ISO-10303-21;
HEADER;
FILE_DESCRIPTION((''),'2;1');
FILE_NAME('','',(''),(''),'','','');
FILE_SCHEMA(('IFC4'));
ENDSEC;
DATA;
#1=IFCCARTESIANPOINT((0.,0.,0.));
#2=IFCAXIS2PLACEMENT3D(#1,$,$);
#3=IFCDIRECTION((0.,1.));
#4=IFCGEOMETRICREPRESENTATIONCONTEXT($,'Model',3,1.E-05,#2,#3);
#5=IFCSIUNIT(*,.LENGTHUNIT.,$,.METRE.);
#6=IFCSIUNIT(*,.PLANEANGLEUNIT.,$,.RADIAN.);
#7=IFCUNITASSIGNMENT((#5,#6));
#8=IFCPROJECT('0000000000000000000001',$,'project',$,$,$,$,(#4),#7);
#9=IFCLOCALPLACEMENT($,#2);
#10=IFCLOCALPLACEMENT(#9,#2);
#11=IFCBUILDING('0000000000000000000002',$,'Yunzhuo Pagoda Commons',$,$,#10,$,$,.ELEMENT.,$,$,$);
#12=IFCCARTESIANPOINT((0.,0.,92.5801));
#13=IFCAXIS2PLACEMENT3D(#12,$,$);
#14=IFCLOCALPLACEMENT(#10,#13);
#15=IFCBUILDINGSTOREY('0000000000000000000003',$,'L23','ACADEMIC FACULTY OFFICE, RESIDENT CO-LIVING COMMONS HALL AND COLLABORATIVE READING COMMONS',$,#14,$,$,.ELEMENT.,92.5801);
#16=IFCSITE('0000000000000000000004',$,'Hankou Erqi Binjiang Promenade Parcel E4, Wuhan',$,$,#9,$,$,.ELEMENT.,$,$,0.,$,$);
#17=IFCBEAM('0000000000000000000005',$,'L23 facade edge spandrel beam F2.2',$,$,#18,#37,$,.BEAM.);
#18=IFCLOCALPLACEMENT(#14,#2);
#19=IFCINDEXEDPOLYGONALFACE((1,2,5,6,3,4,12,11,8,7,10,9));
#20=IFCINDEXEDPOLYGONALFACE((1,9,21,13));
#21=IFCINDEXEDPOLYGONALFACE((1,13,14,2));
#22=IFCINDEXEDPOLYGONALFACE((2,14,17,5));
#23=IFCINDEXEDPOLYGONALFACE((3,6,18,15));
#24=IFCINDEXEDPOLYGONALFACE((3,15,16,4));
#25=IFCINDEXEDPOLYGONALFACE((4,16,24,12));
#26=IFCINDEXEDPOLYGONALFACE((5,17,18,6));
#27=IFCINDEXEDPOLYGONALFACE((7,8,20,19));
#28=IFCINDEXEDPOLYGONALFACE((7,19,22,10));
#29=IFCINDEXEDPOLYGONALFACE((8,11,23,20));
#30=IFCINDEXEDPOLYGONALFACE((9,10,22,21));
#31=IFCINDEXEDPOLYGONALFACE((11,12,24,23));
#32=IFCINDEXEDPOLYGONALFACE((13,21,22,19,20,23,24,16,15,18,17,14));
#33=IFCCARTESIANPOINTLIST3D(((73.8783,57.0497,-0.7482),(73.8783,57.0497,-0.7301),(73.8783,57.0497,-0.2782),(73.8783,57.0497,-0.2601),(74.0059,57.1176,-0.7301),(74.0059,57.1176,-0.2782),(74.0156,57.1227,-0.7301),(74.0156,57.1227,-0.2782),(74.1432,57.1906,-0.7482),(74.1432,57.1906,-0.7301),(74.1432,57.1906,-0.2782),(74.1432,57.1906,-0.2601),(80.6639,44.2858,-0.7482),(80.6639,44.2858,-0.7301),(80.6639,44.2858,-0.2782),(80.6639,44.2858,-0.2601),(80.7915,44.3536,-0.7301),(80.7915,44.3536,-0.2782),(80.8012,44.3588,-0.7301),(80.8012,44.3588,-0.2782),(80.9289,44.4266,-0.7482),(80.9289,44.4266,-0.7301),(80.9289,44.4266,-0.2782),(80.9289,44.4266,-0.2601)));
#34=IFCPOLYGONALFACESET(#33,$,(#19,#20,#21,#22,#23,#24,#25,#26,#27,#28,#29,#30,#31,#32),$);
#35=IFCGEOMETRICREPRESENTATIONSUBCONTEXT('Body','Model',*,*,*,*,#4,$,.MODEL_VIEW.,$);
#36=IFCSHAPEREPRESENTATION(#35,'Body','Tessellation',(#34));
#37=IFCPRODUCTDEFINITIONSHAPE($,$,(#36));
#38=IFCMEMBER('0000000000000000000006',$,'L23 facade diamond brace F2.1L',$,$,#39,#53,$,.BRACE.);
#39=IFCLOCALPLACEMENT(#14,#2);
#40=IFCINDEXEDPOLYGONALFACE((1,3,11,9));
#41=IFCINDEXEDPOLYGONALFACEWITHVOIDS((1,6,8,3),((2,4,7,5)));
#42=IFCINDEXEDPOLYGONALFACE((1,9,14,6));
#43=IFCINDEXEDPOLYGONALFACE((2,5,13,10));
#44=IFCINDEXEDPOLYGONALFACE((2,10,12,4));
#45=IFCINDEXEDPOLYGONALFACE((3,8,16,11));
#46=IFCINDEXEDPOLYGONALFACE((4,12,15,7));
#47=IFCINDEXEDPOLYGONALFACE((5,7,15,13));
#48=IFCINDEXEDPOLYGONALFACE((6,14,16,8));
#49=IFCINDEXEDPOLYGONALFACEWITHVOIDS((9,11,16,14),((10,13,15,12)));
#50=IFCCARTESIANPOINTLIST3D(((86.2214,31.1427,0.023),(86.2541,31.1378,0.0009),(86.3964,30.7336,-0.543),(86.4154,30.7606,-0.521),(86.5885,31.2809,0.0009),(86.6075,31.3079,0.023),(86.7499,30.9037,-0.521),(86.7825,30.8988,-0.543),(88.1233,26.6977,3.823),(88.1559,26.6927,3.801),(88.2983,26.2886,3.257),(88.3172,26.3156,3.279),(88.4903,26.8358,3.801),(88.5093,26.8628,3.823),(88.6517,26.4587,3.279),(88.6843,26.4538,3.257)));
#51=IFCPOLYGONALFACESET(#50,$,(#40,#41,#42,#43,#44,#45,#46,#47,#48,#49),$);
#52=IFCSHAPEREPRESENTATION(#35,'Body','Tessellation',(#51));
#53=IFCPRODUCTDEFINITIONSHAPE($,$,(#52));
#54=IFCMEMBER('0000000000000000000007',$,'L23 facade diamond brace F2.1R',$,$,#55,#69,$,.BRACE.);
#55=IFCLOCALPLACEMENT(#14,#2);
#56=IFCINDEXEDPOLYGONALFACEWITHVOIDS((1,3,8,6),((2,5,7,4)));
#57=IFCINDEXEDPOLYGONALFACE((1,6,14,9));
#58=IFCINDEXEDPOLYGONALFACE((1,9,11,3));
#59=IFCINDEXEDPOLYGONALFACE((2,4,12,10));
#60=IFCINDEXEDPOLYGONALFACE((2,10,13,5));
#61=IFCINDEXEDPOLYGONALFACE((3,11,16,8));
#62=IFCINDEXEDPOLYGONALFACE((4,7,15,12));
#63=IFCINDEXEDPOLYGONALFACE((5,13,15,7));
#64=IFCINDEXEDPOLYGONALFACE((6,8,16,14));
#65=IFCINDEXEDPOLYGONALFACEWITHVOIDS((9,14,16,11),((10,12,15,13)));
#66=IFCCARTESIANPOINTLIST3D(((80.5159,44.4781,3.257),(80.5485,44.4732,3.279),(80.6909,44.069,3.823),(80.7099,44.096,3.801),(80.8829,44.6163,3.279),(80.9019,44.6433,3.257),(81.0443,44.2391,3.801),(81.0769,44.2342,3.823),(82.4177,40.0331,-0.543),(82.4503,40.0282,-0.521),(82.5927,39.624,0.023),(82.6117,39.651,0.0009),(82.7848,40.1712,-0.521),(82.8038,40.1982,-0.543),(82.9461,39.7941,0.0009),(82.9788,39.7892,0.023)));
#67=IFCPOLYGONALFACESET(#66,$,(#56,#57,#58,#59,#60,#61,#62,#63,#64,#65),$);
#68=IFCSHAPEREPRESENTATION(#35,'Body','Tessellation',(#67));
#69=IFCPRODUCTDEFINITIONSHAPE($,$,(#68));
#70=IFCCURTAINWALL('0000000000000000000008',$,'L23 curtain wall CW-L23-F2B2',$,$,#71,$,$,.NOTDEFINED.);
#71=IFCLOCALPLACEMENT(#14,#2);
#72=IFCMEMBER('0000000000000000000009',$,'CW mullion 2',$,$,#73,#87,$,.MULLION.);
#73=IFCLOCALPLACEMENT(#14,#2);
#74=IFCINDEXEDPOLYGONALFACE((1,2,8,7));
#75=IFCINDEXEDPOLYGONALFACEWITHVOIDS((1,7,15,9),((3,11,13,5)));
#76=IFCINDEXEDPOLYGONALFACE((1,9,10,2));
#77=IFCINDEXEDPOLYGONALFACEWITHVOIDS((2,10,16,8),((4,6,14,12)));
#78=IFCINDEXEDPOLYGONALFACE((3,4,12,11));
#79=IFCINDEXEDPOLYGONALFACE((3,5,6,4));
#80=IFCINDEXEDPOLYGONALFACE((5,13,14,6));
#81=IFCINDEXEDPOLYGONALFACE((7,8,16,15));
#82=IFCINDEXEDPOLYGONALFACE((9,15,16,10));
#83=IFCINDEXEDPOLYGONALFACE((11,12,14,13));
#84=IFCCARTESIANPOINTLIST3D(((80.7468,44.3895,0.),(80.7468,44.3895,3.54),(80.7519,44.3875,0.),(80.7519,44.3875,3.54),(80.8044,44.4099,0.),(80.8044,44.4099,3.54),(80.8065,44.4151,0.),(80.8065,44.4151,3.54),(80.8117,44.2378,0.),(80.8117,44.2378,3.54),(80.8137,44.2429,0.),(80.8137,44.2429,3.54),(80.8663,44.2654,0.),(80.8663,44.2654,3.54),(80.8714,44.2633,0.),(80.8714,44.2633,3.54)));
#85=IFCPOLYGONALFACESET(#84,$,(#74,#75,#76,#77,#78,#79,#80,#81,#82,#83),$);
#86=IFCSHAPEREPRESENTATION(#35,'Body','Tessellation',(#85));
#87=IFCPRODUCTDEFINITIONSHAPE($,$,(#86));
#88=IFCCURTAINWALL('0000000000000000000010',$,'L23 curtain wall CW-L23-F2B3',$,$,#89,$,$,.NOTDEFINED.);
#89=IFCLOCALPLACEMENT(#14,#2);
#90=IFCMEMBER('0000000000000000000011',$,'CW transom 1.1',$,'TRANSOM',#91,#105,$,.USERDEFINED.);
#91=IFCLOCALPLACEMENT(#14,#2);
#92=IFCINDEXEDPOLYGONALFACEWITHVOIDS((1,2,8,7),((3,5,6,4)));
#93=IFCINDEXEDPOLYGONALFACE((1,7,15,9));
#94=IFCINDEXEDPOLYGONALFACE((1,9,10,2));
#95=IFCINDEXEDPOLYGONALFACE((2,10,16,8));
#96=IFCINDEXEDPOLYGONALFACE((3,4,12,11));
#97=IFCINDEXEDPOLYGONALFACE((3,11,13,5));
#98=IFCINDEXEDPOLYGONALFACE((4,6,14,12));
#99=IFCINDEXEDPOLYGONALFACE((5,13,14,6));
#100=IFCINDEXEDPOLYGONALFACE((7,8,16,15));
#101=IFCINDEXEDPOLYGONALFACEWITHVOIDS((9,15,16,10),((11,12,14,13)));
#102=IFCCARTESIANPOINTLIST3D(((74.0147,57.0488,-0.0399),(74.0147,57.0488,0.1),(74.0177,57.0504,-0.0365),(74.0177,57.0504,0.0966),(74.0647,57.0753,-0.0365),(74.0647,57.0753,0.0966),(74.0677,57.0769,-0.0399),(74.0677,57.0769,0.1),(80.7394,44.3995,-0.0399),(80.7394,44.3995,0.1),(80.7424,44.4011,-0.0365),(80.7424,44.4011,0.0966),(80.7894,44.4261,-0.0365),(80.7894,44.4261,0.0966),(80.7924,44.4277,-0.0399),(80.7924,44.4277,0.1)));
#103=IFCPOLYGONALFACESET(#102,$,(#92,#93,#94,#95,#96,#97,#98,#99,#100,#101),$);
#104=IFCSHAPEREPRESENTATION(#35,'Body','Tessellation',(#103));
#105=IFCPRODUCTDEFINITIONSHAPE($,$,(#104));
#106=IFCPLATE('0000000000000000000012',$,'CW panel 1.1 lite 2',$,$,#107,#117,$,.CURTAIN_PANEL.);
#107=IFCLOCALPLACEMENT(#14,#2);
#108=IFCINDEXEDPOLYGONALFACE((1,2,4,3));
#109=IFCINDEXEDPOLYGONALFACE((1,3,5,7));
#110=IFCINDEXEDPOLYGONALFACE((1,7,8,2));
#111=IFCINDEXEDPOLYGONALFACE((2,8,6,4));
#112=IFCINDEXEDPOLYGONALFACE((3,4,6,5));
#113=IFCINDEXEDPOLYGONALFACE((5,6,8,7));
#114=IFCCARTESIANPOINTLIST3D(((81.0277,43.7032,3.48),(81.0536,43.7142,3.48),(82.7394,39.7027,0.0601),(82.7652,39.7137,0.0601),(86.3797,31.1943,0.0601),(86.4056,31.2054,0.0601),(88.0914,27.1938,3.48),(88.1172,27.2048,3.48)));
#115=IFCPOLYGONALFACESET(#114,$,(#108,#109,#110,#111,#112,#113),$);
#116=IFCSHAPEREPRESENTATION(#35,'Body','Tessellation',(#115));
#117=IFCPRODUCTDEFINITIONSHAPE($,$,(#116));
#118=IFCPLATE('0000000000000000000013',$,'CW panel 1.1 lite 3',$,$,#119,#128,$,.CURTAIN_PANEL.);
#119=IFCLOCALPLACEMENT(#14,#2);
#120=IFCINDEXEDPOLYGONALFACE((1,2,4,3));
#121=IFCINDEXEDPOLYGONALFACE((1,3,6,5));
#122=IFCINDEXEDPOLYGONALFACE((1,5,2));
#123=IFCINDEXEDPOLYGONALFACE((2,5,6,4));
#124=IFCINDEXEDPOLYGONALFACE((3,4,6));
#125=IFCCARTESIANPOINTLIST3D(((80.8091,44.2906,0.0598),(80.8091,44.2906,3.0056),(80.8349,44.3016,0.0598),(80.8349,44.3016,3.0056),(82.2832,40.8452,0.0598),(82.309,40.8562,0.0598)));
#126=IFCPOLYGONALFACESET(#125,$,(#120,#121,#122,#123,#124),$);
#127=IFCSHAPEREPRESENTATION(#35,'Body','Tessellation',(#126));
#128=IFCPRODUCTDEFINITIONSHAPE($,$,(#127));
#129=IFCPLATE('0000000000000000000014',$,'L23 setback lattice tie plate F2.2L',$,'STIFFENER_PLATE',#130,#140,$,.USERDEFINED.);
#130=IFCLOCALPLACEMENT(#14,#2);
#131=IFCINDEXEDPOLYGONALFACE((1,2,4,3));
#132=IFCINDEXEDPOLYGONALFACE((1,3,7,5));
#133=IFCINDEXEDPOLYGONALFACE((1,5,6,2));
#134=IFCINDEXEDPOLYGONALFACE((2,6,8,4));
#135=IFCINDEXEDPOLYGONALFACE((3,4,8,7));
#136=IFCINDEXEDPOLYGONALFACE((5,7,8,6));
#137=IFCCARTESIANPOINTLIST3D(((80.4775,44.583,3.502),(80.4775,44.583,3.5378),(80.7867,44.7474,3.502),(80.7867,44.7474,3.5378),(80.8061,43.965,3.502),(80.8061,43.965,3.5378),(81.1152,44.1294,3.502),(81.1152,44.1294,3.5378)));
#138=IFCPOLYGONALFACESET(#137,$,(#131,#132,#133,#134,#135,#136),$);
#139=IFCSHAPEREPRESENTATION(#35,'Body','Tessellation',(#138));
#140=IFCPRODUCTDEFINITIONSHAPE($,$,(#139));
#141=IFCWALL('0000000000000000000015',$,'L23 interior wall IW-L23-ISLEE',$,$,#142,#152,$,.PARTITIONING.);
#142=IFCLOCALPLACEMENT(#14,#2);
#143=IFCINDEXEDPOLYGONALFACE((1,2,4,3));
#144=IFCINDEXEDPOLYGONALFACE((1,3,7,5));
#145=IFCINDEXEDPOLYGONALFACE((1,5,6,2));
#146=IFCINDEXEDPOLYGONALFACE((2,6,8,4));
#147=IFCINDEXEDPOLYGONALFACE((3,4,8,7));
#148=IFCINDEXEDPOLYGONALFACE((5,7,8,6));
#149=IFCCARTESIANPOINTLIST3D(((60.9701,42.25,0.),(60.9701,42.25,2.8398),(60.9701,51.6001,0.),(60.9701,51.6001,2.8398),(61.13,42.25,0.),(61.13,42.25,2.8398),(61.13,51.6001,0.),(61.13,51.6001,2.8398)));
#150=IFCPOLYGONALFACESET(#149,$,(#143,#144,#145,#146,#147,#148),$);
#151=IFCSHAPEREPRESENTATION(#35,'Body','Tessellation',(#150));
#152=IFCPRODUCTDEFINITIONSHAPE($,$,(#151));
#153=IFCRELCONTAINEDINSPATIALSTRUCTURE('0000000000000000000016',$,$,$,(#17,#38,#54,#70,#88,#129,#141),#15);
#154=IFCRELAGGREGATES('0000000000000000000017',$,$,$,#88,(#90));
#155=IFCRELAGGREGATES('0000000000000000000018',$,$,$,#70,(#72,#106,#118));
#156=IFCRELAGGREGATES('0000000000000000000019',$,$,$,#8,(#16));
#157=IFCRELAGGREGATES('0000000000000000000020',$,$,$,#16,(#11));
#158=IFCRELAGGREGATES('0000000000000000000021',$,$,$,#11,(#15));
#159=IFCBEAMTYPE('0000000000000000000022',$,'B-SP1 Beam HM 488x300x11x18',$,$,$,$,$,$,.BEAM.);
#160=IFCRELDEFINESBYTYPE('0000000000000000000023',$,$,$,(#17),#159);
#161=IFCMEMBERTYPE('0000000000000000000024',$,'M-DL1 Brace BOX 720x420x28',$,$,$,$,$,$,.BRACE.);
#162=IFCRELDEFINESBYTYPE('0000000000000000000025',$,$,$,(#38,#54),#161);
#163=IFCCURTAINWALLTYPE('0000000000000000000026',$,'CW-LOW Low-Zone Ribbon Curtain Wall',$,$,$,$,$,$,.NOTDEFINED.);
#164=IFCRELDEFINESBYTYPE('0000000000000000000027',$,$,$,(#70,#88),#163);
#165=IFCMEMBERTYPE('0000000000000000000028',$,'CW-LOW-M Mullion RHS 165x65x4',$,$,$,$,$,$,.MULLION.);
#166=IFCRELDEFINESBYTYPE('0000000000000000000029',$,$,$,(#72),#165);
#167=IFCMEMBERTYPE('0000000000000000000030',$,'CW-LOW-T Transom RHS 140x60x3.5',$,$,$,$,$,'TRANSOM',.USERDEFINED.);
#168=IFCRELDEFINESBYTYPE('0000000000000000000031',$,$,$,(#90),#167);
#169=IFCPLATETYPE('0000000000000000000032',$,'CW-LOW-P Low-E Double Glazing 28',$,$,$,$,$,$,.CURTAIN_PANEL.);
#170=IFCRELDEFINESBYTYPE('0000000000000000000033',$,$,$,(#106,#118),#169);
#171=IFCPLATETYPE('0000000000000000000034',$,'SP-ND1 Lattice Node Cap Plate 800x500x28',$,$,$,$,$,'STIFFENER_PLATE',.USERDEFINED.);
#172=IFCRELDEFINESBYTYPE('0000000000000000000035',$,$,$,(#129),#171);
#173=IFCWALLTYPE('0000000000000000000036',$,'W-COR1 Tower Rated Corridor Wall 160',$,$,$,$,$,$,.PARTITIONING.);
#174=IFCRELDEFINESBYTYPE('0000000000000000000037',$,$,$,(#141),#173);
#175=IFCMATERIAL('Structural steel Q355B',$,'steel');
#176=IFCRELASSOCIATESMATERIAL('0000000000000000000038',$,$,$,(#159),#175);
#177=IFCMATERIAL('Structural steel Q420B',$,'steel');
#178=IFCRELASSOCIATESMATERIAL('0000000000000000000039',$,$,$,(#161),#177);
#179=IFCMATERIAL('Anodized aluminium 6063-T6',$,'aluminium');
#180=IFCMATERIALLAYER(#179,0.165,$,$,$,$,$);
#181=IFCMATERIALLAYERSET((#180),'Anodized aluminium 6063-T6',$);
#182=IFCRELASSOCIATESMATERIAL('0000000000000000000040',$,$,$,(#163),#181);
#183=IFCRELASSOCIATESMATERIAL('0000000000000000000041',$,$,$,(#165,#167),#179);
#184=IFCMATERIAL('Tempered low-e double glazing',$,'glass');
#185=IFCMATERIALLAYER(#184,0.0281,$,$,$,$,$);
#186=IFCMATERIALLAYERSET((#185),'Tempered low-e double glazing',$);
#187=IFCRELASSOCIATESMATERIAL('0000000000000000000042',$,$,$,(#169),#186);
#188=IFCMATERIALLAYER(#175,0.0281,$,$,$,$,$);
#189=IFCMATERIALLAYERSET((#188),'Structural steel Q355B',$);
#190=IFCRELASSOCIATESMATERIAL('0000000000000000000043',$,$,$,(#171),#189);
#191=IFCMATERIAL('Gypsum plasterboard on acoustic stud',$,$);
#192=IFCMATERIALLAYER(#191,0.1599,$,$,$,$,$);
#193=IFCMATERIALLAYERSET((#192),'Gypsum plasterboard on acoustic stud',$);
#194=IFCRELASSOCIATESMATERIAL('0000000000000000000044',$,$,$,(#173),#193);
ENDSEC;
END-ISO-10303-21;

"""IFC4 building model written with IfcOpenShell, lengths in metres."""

from ifc_helpers import new_model, si_unit, direction, frame, frame_2d, origin, origin_2d, place, context, subcontext, project, spatial, polyline, rectangle, hollow_rectangle, i_section, outline, extrude, source, transform, mapped, material, layer, layer_set, material_profile, profile_set, type_object, element, aggregate, save


model = new_model("IFC4")

# Units and contexts
model_context = context("Model", 3, precision=1e-05, world=origin(), true_north=direction((0.0, 1.0)))
body_context = subcontext(model_context, "Body", "Model", "MODEL_VIEW")
ifc_project = project(units=[si_unit("LENGTHUNIT", "METRE"), si_unit("PLANEANGLEUNIT", "RADIAN")], contexts=[model_context])

# Site, building, storey
site_placement = place(None, origin())
site = spatial("IfcSite", under=ifc_project, at=site_placement, Name="Hankou Erqi Binjiang Promenade Parcel E4, Wuhan", CompositionType="ELEMENT", RefElevation=0.0)
building_placement = place(site_placement, origin())
building = spatial("IfcBuilding", under=site, at=building_placement, Name="Yunzhuo Pagoda Commons", CompositionType="ELEMENT")
storey_placement = place(building_placement, frame((0.0, 0.0, 92.5801)))
storey = spatial("IfcBuildingStorey", under=building, at=storey_placement, Name="L23", Description="ACADEMIC FACULTY OFFICE, RESIDENT CO-LIVING COMMONS HALL AND COLLABORATIVE READING COMMONS", CompositionType="ELEMENT", Elevation=92.5801)

# Shared definitions
ifc_material_1 = material(Name="Structural steel Q420B", Category="steel")

# Beam
ifc_material_2 = material(Name="Structural steel Q355B", Category="steel")
ifc_material_profile_1 = material_profile(ifc_material_2, i_section(OverallWidth=0.3, OverallDepth=0.488, WebThickness=0.011, FlangeThickness=0.0181, at=origin_2d()), Name="Structural steel Q355B")
ifc_profile_set_1 = profile_set([ifc_material_profile_1], Name="Structural steel Q355B")
beam_type_1 = type_object("IfcBeamType", Name="B-SP1 Beam HM 488x300x11x18", PredefinedType="BEAM", material=ifc_profile_set_1)
shared_shape_1 = source(origin(), body_context, "Body", "SweptSolid", [
    extrude(i_section(OverallWidth=0.3, OverallDepth=0.488, WebThickness=0.011, FlangeThickness=0.0181, at=origin_2d()), origin(), (0.0, 0.0, 1.0), 14.4556),
])
beam_1_placement = place(storey_placement, frame((80.7964, 44.3562, -0.5042), z_axis=(-0.469415, 0.882978, 0.0), x_axis=(-0.882978, -0.469415, 0.0)))
element("IfcBeam", 1, at=beam_1_placement, inside=storey, type_object=beam_type_1, Name="L23 facade edge spandrel beam F2.2", PredefinedType="BEAM", context=body_context, shape_type="MappedRepresentation", body=[
    mapped(shared_shape_1, transform((0.0, 0.0, 0.0), scale=1.0)),
])

# Members
ifc_material_profile_2 = material_profile(ifc_material_1, hollow_rectangle(XDim=0.4199, YDim=0.72, WallThickness=0.0281, at=origin_2d()), Name="Structural steel Q420B")
ifc_profile_set_2 = profile_set([ifc_material_profile_2], Name="Structural steel Q420B")
member_type_1 = type_object("IfcMemberType", Name="M-DL1 Brace BOX 720x420x28", PredefinedType="BRACE", material=ifc_profile_set_2)
shared_shape_2 = source(origin(), body_context, "Body", "SweptSolid", [
    extrude(hollow_rectangle(XDim=0.4199, YDim=0.72, WallThickness=0.0281, at=origin_2d()), origin(), (0.0, 0.0, 1.0), 6.1494),
])
for number, where, z_axis, x_axis, name in (
    (2, (86.502, 31.0208, -0.26), (0.309271, -0.722837, 0.617947), (0.919383, 0.393365, 0.0), "L23 facade diamond brace F2.1L"),
    (3, (82.6982, 39.9111, -0.26), (-0.309271, 0.722837, 0.617947), (-0.919383, -0.393365, 0.0), "L23 facade diamond brace F2.1R"),
):
    element("IfcMember", number, at=place(storey_placement, frame(where, z_axis=z_axis, x_axis=x_axis)), inside=storey, type_object=member_type_1, Name=name, PredefinedType="BRACE", context=body_context, shape_type="MappedRepresentation", body=[
        mapped(shared_shape_2, transform((0.0, 0.0, 0.0), scale=1.0)),
    ])

# Curtain walls, members
ifc_material_3 = material(Name="Anodized aluminium 6063-T6", Category="aluminium")
ifc_layer_1 = layer(ifc_material_3, 0.165)
ifc_layer_set_1 = layer_set([ifc_layer_1], Name="Anodized aluminium 6063-T6")
curtain_wall_type = type_object("IfcCurtainWallType", Name="CW-LOW Low-Zone Ribbon Curtain Wall", PredefinedType="NOTDEFINED", material=ifc_layer_set_1)
curtain_wall_1_placement = place(storey_placement, origin())
curtain_wall_1 = element("IfcCurtainWall", 4, at=curtain_wall_1_placement, inside=storey, type_object=curtain_wall_type, Name="L23 curtain wall CW-L23-F2B2", PredefinedType="NOTDEFINED")
ifc_material_profile_3 = material_profile(ifc_material_3, hollow_rectangle(XDim=0.0649, YDim=0.165, WallThickness=0.0039, at=origin_2d()), Name="Anodized aluminium 6063-T6")
ifc_profile_set_3 = profile_set([ifc_material_profile_3], Name="Anodized aluminium 6063-T6")
member_type_2 = type_object("IfcMemberType", Name="CW-LOW-M Mullion RHS 165x65x4", PredefinedType="MULLION", material=ifc_profile_set_3)
shared_shape_3 = source(origin(), body_context, "Body", "SweptSolid", [
    extrude(hollow_rectangle(XDim=0.0649, YDim=0.165, WallThickness=0.0039, at=origin_2d()), origin(), (0.0, 0.0, 1.0), 3.54),
])
member_1_placement = place(storey_placement, frame((80.8091, 44.3264, 0.0), z_axis=(0.0, 0.0, 1.0), x_axis=(-0.919383, -0.393364, 0.0)))
member_1 = element("IfcMember", 5, at=member_1_placement, type_object=member_type_2, Name="CW mullion 2", PredefinedType="MULLION", context=body_context, shape_type="MappedRepresentation", body=[
    mapped(shared_shape_3, transform((0.0, 0.0, 0.0), scale=1.0)),
])
curtain_wall_2_placement = place(storey_placement, origin())
curtain_wall_2 = element("IfcCurtainWall", 6, at=curtain_wall_2_placement, inside=storey, type_object=curtain_wall_type, Name="L23 curtain wall CW-L23-F2B3", PredefinedType="NOTDEFINED")
ifc_material_profile_4 = material_profile(ifc_material_3, hollow_rectangle(XDim=0.0601, YDim=0.1399, WallThickness=0.0034, at=origin_2d()), Name="Anodized aluminium 6063-T6")
ifc_profile_set_4 = profile_set([ifc_material_profile_4], Name="Anodized aluminium 6063-T6")
member_type_3 = type_object("IfcMemberType", Name="CW-LOW-T Transom RHS 140x60x3.5", ElementType="TRANSOM", PredefinedType="USERDEFINED", material=ifc_profile_set_4)
shared_shape_4 = source(origin(), body_context, "Body", "SweptSolid", [
    extrude(hollow_rectangle(XDim=0.0601, YDim=0.1399, WallThickness=0.0034, at=origin_2d()), origin(), (0.0, 0.0, 1.0), 14.3257),
])
member_2_placement = place(storey_placement, frame((80.7659, 44.4136, 0.03), z_axis=(-0.469413, 0.882979, 0.0), x_axis=(-0.882979, -0.469413, 0.0)))
member_2 = element("IfcMember", 7, at=member_2_placement, type_object=member_type_3, Name="CW transom 1.1", ObjectType="TRANSOM", PredefinedType="USERDEFINED", context=body_context, shape_type="MappedRepresentation", body=[
    mapped(shared_shape_4, transform((0.0, 0.0, 0.0), scale=1.0)),
])
aggregate(curtain_wall_2, [member_2])

# Plates
ifc_material_4 = material(Name="Tempered low-e double glazing", Category="glass")
ifc_layer_2 = layer(ifc_material_4, 0.0281)
ifc_layer_set_2 = layer_set([ifc_layer_2], Name="Tempered low-e double glazing")
plate_type_1 = type_object("IfcPlateType", Name="CW-LOW-P Low-E Double Glazing 28", PredefinedType="CURTAIN_PANEL", material=ifc_layer_set_2)
plate_1_placement = place(storey_placement, frame((84.5596, 35.4485, 1.77), z_axis=(0.919383, 0.393364, 0.0), x_axis=(-0.393364, 0.919383, 0.0)))
plate_1 = element("IfcPlate", 8, at=plate_1_placement, type_object=plate_type_1, Name="CW panel 1.1 lite 2", PredefinedType="CURTAIN_PANEL", context=body_context, shape_type="SweptSolid", body=[
    extrude(outline(polyline([(-8.9785, 1.71), (-4.6272, -1.71), (4.6272, -1.71), (8.9785, 1.71), (-8.9785, 1.71)])), origin(), (0.0, 0.0, 1.0), 0.0281),
])
plate_2_placement = place(storey_placement, frame((81.5461, 42.5679, 1.5327), z_axis=(0.919383, 0.393364, 0.0), x_axis=(-0.393364, 0.919383, 0.0)))
plate_2 = element("IfcPlate", 9, at=plate_2_placement, type_object=plate_type_1, Name="CW panel 1.1 lite 3", PredefinedType="CURTAIN_PANEL", context=body_context, shape_type="SweptSolid", body=[
    extrude(outline(polyline([(-1.8738, -1.4729), (1.8738, -1.4729), (1.8738, 1.4729), (-1.8738, -1.4729)])), origin(), (0.0, 0.0, 1.0), 0.0281),
])
aggregate(curtain_wall_1, [member_1, plate_1, plate_2])
ifc_layer_3 = layer(ifc_material_2, 0.0281)
ifc_layer_set_3 = layer_set([ifc_layer_3], Name="Structural steel Q355B")
plate_type_2 = type_object("IfcPlateType", Name="SP-ND1 Lattice Node Cap Plate 800x500x28", ElementType="STIFFENER_PLATE", PredefinedType="USERDEFINED", material=ifc_layer_set_3)
shared_shape_5 = source(origin(), body_context, "Body", "SweptSolid", [
    extrude(rectangle(XDim=0.7, YDim=0.3501, at=origin_2d()), origin(), (0.0, 0.0, 1.0), 0.0359),
])
plate_3_placement = place(storey_placement, frame((80.7964, 44.3562, 3.502), z_axis=(0.0, 0.0, 1.0), x_axis=(-0.469425, 0.882972, 0.0)))
element("IfcPlate", 10, at=plate_3_placement, inside=storey, type_object=plate_type_2, Name="L23 setback lattice tie plate F2.2L", ObjectType="STIFFENER_PLATE", PredefinedType="USERDEFINED", context=body_context, shape_type="MappedRepresentation", body=[
    mapped(shared_shape_5, transform((0.0, 0.0, 0.0), scale=1.0)),
])

# Wall
ifc_material_5 = material(Name="Gypsum plasterboard on acoustic stud")
ifc_layer_4 = layer(ifc_material_5, 0.1599)
ifc_layer_set_4 = layer_set([ifc_layer_4], Name="Gypsum plasterboard on acoustic stud")
wall_type_1 = type_object("IfcWallType", Name="W-COR1 Tower Rated Corridor Wall 160", PredefinedType="PARTITIONING", material=ifc_layer_set_4)
wall_1_placement = place(storey_placement, frame((61.05, 42.25, 0.0), z_axis=(0.0, 0.0, 1.0), x_axis=(0.0, 1.0, 0.0)))
element("IfcWall", 11, at=wall_1_placement, inside=storey, type_object=wall_type_1, Name="L23 interior wall IW-L23-ISLEE", PredefinedType="PARTITIONING", context=body_context, shape_type="SweptSolid", body=[
    extrude(rectangle(XDim=9.3501, YDim=0.1599, at=frame_2d((4.675, 0.0))), origin(), (0.0, 0.0, 1.0), 2.8398),
])

save(model, "model.ifc")
